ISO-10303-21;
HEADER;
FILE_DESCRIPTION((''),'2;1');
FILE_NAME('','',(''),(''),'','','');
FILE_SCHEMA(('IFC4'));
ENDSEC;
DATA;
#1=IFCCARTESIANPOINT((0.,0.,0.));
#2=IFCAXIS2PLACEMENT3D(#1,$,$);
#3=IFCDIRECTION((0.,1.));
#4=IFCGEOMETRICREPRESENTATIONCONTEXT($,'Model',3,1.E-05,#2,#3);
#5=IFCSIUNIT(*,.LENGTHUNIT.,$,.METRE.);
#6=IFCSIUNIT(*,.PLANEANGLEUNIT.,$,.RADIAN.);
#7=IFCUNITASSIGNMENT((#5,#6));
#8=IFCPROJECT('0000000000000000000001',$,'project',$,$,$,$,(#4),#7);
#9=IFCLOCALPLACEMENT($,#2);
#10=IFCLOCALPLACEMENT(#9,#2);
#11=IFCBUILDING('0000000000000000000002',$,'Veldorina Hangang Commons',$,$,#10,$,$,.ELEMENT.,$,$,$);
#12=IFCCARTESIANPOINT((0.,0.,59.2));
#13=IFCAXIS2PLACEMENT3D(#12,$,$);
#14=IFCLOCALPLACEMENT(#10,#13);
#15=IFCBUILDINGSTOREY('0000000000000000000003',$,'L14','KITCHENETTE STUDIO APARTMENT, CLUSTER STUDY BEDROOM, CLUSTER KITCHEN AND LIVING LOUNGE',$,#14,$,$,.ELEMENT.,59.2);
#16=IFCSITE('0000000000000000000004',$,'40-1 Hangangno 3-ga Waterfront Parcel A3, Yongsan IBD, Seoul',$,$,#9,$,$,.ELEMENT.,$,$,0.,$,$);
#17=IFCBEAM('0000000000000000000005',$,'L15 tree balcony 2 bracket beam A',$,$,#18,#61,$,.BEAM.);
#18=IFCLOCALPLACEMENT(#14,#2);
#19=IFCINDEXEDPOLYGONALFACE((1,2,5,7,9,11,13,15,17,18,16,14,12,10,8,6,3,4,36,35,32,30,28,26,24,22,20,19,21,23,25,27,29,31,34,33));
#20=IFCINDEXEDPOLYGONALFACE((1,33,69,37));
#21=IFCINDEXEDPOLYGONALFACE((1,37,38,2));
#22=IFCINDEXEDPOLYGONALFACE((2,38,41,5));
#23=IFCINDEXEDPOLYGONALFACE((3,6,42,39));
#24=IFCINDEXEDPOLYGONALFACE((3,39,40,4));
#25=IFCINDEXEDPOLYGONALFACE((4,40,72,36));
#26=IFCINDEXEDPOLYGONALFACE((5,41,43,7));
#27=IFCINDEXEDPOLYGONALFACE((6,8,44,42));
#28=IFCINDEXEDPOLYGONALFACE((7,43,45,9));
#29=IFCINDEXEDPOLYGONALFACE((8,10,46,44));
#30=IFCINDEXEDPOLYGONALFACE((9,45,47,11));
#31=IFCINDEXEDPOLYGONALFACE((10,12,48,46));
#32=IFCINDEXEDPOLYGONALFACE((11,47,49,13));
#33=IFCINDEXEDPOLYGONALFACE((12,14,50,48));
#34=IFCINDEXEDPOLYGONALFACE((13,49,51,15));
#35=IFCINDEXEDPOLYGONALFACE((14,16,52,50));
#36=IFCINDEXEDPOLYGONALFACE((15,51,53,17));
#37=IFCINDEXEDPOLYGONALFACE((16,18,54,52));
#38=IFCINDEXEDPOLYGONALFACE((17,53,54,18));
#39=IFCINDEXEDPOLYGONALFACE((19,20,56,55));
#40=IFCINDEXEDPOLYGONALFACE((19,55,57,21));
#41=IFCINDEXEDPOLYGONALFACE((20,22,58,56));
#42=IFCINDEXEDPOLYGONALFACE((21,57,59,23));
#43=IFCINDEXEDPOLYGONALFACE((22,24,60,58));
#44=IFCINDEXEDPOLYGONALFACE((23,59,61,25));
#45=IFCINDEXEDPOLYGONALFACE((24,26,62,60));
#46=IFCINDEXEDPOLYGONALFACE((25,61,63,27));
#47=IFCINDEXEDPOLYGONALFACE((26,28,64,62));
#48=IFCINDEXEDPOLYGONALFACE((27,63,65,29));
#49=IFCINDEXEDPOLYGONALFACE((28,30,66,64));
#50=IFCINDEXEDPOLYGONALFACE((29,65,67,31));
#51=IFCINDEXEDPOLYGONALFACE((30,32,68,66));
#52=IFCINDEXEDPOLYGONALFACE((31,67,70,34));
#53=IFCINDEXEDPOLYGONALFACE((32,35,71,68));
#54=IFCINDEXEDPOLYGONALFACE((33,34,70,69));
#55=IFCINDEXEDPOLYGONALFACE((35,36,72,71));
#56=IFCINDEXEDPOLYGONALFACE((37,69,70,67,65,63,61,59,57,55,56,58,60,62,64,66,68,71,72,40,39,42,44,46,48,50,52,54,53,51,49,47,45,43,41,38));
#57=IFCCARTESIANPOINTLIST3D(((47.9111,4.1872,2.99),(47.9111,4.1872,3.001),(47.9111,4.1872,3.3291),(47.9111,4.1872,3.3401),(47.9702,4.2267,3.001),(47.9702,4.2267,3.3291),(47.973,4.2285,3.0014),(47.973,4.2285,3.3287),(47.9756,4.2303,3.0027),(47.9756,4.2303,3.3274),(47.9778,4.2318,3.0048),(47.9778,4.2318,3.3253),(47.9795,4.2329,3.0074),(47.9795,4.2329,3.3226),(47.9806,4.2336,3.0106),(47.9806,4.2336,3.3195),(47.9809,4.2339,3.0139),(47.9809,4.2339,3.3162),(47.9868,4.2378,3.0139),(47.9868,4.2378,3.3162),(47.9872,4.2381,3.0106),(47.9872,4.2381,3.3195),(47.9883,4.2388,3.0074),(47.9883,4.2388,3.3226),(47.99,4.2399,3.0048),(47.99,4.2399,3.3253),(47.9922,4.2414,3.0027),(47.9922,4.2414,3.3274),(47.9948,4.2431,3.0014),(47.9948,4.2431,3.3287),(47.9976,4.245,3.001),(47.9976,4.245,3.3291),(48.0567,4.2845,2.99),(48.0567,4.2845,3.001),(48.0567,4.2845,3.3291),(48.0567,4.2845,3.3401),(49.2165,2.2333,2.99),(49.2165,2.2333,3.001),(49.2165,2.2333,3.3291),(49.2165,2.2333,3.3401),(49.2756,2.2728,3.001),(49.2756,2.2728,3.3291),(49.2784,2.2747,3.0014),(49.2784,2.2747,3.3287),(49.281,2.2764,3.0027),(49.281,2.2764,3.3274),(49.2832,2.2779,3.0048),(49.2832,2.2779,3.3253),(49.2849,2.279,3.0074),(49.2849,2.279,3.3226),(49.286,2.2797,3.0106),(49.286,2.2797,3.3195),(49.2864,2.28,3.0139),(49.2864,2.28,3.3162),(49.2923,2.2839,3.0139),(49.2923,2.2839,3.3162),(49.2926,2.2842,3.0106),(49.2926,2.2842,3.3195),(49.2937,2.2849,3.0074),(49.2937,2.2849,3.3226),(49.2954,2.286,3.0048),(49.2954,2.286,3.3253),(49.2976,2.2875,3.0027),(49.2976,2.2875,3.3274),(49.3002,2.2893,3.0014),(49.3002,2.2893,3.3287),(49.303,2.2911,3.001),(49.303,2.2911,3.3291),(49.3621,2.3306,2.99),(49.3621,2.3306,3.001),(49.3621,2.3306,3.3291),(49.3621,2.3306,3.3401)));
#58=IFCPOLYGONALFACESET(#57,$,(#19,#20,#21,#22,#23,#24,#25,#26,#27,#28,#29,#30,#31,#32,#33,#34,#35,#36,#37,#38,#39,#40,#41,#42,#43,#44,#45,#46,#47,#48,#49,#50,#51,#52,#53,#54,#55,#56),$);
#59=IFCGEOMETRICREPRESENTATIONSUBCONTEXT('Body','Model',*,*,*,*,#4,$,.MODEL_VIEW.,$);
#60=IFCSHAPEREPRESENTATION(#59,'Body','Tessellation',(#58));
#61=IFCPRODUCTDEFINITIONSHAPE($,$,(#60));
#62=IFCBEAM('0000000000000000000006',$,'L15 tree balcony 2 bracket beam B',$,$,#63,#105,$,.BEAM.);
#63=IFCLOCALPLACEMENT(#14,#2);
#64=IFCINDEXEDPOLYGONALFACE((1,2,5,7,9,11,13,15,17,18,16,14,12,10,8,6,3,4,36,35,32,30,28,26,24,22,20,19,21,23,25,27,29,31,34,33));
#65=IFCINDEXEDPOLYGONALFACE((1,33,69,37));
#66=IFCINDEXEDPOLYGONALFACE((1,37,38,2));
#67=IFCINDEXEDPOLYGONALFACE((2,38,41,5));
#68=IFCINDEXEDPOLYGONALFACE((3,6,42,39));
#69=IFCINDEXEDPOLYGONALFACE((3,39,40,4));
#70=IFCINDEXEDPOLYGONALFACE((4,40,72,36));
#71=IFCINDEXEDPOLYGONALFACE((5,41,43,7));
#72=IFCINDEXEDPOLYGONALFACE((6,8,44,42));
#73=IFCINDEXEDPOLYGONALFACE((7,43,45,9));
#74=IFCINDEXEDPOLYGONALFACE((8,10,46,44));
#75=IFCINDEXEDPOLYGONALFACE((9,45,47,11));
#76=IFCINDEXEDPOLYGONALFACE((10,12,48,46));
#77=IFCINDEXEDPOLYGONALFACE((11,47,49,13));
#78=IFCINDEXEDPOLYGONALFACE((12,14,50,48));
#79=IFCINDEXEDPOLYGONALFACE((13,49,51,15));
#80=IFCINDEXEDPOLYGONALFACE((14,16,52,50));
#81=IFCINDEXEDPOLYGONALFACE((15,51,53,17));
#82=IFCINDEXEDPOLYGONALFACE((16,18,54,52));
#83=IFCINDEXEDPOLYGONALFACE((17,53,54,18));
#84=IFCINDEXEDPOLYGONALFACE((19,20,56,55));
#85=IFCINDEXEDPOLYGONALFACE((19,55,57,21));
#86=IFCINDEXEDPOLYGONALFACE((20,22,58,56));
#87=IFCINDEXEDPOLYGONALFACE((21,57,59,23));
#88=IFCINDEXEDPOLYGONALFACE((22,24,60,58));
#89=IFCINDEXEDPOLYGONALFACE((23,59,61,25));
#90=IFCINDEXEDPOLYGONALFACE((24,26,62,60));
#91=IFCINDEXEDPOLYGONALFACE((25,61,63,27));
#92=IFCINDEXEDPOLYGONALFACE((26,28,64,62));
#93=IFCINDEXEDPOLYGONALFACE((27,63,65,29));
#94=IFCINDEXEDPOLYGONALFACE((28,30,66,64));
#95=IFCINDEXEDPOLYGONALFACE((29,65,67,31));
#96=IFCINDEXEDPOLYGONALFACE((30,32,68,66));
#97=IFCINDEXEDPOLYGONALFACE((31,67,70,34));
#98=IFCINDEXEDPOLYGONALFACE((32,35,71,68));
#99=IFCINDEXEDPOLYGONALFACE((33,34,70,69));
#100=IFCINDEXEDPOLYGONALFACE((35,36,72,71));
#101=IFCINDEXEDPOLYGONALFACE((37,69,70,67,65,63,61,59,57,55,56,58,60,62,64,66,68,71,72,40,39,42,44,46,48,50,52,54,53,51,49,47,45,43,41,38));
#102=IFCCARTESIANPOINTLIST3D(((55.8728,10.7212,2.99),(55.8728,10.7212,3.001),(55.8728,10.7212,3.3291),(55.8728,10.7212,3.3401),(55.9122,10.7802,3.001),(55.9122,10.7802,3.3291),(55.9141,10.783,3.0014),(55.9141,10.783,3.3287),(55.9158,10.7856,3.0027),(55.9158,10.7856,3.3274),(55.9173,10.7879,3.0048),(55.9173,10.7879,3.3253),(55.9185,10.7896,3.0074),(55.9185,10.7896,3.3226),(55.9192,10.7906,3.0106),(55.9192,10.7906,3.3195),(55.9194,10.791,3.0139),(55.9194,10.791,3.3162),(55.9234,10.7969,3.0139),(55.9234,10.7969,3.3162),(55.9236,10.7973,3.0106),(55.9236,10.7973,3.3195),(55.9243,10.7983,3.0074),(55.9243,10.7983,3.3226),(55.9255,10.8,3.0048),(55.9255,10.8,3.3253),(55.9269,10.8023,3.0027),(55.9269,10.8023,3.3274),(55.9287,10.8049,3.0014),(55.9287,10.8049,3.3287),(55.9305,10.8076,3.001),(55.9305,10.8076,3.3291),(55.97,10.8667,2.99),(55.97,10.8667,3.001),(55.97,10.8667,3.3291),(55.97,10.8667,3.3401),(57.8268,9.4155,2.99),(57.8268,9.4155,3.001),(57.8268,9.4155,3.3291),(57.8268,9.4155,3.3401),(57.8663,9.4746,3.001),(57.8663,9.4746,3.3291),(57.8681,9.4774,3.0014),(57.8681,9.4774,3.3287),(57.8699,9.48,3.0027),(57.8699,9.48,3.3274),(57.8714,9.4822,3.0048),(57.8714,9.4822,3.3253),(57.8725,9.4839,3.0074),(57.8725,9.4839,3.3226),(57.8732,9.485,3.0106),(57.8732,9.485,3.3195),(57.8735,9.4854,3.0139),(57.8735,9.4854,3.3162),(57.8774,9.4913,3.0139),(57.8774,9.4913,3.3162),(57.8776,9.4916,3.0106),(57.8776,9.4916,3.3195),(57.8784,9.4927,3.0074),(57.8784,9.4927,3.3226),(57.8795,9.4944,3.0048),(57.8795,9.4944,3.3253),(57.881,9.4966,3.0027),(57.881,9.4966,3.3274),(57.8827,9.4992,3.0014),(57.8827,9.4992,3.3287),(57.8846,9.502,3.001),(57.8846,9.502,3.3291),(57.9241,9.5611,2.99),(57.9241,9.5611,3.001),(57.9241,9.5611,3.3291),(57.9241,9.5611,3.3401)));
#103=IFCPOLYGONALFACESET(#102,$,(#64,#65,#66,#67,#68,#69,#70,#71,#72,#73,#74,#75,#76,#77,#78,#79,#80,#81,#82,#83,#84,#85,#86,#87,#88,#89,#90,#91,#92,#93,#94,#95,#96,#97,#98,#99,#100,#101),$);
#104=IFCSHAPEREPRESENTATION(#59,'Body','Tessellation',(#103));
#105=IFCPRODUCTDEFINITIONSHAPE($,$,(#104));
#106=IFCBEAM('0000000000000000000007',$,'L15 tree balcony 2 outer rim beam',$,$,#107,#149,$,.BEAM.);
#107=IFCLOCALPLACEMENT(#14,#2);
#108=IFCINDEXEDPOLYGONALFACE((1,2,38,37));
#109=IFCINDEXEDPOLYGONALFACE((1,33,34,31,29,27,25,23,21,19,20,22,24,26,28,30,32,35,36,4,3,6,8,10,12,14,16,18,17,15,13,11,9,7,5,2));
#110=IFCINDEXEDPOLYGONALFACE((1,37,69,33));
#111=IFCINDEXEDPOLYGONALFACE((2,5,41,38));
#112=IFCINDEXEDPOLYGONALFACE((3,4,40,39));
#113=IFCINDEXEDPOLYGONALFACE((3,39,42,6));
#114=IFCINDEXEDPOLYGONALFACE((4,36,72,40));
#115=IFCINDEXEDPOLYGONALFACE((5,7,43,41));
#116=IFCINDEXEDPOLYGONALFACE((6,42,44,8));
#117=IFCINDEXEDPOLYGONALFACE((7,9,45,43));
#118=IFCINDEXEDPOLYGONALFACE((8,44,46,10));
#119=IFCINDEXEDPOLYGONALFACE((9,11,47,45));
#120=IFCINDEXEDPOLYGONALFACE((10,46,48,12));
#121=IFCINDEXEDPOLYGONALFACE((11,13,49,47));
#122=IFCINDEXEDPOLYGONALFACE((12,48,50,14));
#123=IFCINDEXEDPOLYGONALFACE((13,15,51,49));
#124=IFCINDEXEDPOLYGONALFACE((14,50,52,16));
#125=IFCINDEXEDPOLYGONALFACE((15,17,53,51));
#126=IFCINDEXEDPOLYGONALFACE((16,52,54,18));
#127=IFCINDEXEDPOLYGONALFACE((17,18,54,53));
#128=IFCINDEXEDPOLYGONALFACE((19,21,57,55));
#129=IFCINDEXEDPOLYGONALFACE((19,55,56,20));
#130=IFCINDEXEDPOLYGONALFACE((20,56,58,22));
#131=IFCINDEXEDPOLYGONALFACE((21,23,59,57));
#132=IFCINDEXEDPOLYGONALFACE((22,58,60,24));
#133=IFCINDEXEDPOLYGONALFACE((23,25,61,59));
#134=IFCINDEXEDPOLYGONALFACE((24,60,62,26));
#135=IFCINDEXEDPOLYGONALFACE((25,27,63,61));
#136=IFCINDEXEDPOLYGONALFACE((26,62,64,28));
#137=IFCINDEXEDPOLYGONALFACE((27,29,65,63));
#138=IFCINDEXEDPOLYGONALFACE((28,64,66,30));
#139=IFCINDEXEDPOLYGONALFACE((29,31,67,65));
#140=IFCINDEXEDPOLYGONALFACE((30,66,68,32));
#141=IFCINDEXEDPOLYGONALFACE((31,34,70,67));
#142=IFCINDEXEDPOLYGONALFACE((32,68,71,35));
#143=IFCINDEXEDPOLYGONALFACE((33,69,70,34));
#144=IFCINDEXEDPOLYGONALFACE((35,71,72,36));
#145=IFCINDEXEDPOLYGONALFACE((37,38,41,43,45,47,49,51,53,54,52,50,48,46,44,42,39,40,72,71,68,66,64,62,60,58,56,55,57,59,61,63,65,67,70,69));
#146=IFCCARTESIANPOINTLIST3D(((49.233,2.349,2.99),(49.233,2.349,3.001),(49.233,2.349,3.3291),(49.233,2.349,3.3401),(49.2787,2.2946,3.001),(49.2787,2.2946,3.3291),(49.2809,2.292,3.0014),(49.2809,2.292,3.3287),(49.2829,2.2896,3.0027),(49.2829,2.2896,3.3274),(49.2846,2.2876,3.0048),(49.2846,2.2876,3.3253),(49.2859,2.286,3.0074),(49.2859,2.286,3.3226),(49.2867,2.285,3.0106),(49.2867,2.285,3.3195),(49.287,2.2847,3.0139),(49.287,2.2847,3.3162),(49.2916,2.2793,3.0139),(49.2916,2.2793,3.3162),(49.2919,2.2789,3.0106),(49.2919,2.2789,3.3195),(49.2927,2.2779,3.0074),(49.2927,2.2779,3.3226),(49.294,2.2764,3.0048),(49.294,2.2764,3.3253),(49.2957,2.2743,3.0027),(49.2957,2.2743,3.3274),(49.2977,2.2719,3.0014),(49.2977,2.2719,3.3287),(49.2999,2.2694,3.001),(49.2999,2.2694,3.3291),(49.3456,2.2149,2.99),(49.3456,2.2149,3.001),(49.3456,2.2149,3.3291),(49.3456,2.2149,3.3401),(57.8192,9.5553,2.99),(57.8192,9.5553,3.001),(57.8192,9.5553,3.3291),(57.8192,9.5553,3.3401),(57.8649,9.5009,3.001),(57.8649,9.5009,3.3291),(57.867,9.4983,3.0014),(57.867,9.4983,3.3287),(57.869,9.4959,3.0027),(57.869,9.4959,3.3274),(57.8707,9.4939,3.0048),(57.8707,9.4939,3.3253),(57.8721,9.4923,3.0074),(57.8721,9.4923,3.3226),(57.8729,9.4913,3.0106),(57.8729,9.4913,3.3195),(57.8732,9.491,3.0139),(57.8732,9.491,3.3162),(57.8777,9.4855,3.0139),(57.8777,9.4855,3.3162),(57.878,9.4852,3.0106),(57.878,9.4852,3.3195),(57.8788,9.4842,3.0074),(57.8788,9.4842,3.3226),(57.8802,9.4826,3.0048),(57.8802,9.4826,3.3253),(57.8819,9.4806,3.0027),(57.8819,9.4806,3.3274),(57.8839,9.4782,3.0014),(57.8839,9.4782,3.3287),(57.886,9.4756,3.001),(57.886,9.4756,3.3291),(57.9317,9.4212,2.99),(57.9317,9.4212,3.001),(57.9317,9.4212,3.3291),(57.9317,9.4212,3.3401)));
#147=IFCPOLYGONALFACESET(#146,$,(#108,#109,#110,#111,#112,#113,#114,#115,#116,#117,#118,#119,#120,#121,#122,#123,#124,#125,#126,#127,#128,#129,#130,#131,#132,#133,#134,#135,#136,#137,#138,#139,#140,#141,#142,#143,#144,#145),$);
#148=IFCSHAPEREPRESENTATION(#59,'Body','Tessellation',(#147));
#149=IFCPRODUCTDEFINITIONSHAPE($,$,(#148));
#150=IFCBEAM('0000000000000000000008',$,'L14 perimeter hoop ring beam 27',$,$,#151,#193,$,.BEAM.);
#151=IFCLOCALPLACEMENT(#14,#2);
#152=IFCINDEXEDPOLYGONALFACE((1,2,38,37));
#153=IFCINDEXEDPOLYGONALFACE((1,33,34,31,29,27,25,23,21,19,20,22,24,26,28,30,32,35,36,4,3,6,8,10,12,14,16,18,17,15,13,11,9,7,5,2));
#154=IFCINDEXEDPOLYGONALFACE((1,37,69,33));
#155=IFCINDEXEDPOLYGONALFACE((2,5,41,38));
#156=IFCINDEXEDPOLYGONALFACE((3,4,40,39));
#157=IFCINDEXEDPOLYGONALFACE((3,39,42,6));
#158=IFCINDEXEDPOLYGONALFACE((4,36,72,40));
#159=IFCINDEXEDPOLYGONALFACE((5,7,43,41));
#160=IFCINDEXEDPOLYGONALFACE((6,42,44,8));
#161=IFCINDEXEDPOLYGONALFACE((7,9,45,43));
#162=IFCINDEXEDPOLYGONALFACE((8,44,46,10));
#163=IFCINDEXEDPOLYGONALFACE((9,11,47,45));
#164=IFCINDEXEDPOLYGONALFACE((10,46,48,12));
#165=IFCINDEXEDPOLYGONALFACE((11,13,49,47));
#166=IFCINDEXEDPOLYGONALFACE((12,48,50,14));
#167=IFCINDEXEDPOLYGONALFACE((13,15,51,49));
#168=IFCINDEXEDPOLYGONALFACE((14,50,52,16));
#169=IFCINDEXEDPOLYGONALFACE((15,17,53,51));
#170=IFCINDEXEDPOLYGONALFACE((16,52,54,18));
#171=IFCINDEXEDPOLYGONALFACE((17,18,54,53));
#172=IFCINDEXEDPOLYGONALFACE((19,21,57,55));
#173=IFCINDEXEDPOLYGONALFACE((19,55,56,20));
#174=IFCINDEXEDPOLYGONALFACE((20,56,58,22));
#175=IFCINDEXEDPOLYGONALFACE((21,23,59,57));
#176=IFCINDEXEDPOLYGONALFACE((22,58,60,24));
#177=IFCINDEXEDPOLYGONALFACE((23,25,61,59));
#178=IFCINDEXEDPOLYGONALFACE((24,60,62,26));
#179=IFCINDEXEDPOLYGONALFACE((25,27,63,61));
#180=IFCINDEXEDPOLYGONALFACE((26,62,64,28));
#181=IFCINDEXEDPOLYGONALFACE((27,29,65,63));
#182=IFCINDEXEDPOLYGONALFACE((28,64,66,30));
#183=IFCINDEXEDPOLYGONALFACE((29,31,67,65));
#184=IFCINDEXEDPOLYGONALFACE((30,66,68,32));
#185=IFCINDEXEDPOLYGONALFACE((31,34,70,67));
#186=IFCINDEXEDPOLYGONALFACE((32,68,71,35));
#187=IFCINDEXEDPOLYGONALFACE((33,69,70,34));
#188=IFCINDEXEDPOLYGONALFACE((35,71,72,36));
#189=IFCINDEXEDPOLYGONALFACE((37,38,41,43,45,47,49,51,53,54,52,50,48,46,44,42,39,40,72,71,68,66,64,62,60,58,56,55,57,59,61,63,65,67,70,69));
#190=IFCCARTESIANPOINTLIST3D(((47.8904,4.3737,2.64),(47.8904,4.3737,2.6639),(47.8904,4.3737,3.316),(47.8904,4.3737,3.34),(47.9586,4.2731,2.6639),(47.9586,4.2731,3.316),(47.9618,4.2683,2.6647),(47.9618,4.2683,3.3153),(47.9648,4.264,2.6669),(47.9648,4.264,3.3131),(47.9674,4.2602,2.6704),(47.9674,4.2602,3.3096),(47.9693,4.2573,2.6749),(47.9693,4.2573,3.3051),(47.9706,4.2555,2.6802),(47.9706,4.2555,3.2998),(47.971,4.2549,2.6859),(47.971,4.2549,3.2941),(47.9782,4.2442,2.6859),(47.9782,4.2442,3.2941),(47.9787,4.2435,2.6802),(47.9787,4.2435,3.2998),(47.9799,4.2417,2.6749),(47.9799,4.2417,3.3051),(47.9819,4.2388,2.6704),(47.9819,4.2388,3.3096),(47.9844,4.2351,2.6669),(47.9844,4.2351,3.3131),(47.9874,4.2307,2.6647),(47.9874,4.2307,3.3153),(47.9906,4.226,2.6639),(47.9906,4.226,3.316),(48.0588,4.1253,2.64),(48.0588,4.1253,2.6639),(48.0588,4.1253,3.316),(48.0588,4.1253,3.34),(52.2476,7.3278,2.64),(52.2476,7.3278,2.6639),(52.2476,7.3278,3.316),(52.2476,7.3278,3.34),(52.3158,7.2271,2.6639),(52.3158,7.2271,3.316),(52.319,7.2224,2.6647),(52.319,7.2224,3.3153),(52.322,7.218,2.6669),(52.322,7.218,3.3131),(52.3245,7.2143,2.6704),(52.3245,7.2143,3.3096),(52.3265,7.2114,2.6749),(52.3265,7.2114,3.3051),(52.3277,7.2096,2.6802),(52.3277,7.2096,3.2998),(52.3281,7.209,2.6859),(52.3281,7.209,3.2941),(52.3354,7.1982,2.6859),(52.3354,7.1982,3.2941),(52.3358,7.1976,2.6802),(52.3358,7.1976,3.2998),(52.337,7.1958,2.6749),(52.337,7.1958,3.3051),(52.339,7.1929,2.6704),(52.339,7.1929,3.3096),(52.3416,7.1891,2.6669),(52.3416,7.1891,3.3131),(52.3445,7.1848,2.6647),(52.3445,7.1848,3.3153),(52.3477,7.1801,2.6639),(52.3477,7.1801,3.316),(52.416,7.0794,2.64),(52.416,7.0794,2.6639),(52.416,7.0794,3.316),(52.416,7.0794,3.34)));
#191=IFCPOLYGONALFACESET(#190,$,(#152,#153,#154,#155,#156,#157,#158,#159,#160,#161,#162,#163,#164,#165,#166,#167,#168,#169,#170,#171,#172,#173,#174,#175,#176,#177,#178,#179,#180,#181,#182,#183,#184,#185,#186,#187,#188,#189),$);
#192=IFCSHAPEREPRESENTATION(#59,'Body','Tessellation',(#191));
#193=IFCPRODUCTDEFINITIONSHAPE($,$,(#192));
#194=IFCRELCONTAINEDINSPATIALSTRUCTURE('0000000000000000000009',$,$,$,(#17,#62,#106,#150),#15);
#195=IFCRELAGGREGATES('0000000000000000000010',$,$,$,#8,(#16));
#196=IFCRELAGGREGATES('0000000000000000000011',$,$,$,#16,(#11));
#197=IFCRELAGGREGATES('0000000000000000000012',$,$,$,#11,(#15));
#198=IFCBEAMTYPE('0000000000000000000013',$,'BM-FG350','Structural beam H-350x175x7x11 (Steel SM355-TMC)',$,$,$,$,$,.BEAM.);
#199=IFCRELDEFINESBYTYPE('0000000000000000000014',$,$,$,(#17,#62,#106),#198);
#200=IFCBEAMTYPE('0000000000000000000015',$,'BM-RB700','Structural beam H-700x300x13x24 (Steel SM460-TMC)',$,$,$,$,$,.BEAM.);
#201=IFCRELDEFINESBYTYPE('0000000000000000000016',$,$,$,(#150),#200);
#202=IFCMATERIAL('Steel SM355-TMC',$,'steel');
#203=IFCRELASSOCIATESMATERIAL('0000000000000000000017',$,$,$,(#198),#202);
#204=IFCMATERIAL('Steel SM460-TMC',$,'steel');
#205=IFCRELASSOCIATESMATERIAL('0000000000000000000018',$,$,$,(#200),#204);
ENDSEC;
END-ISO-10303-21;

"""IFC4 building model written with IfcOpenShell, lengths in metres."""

from ifc_helpers import new_model, si_unit, direction, frame, origin, origin_2d, place, context, subcontext, project, spatial, i_section, extrude, material, material_profile, profile_set, type_object, element, save


model = new_model("IFC4")

# Units and contexts
model_context = context("Model", 3, precision=1e-05, world=origin(), true_north=direction((0.0, 1.0)))
body_context = subcontext(model_context, "Body", "Model", "MODEL_VIEW")
ifc_project = project(units=[si_unit("LENGTHUNIT", "METRE"), si_unit("PLANEANGLEUNIT", "RADIAN")], contexts=[model_context])

# Site, building, storey
site_placement = place(None, origin())
site = spatial("IfcSite", under=ifc_project, at=site_placement, Name="40-1 Hangangno 3-ga Waterfront Parcel A3, Yongsan IBD, Seoul", CompositionType="ELEMENT", RefElevation=0.0)
building_placement = place(site_placement, origin())
building = spatial("IfcBuilding", under=site, at=building_placement, Name="Veldorina Hangang Commons", CompositionType="ELEMENT")
storey_placement = place(building_placement, frame((0.0, 0.0, 59.2)))
storey = spatial("IfcBuildingStorey", under=building, at=storey_placement, Name="L14", Description="KITCHENETTE STUDIO APARTMENT, CLUSTER STUDY BEDROOM, CLUSTER KITCHEN AND LIVING LOUNGE", CompositionType="ELEMENT", Elevation=59.2)

# Beams
ifc_material_1 = material(Name="Steel SM355-TMC", Category="steel")
ifc_material_profile_1 = material_profile(ifc_material_1, i_section(OverallWidth=0.175, OverallDepth=0.3501, WebThickness=0.0071, FlangeThickness=0.011, FilletRadius=0.0129, at=origin_2d()), Name="H-350x175x7x11")
ifc_profile_set_1 = profile_set([ifc_material_profile_1], Name="Steel SM355-TMC")
beam_type_1 = type_object("IfcBeamType", Name="BM-FG350", Description="Structural beam H-350x175x7x11 (Steel SM355-TMC)", PredefinedType="BEAM", material=ifc_profile_set_1)
beam_1_placement = place(storey_placement, frame((47.9839, 4.2358, 3.165), z_axis=(0.555539, -0.83149, 0.0), x_axis=(0.83149, 0.555539, 0.0)))
element("IfcBeam", 1, at=beam_1_placement, inside=storey, type_object=beam_type_1, Name="L15 tree balcony 2 bracket beam A", PredefinedType="BEAM", context=body_context, shape_type="SweptSolid", body=[
    extrude(i_section(OverallWidth=0.175, OverallDepth=0.3501, WebThickness=0.0071, FlangeThickness=0.011, FilletRadius=0.0129, at=origin_2d()), origin(), (0.0, 0.0, 1.0), 2.3499),
])
beam_2_placement = place(storey_placement, frame((55.9214, 10.7939, 3.165), z_axis=(0.831474, -0.555563, 0.0), x_axis=(0.555563, 0.831474, 0.0)))
element("IfcBeam", 2, at=beam_2_placement, inside=storey, type_object=beam_type_1, Name="L15 tree balcony 2 bracket beam B", PredefinedType="BEAM", context=body_context, shape_type="SweptSolid", body=[
    extrude(i_section(OverallWidth=0.175, OverallDepth=0.3501, WebThickness=0.0071, FlangeThickness=0.011, FilletRadius=0.0129, at=origin_2d()), origin(), (0.0, 0.0, 1.0), 2.3501),
])
beam_3_placement = place(storey_placement, frame((49.2893, 2.282, 3.165), z_axis=(0.765973, 0.642873, 0.0), x_axis=(-0.642873, 0.765973, 0.0)))
element("IfcBeam", 3, at=beam_3_placement, inside=storey, type_object=beam_type_1, Name="L15 tree balcony 2 outer rim beam", PredefinedType="BEAM", context=body_context, shape_type="SweptSolid", body=[
    extrude(i_section(OverallWidth=0.175, OverallDepth=0.3501, WebThickness=0.0071, FlangeThickness=0.011, FilletRadius=0.0129, at=origin_2d()), origin(), (0.0, 0.0, 1.0), 11.2095),
])
ifc_material_2 = material(Name="Steel SM460-TMC", Category="steel")
ifc_material_profile_2 = material_profile(ifc_material_2, i_section(OverallWidth=0.3, OverallDepth=0.7, WebThickness=0.0129, FlangeThickness=0.0239, FilletRadius=0.022, at=origin_2d()), Name="H-700x300x13x24")
ifc_profile_set_2 = profile_set([ifc_material_profile_2], Name="Steel SM460-TMC")
beam_type_2 = type_object("IfcBeamType", Name="BM-RB700", Description="Structural beam H-700x300x13x24 (Steel SM460-TMC)", PredefinedType="BEAM", material=ifc_profile_set_2)
beam_4_placement = place(storey_placement, frame((47.9746, 4.2495, 2.99), z_axis=(0.827701, 0.561169, 0.0), x_axis=(-0.561169, 0.827701, 0.0)))
element("IfcBeam", 4, at=beam_4_placement, inside=storey, type_object=beam_type_2, Name="L14 perimeter hoop ring beam 27", PredefinedType="BEAM", context=body_context, shape_type="SweptSolid", body=[
    extrude(i_section(OverallWidth=0.3, OverallDepth=0.7, WebThickness=0.0129, FlangeThickness=0.0239, FilletRadius=0.022, at=origin_2d()), origin(), (0.0, 0.0, 1.0), 5.2642),
])

save(model, "model.ifc")
